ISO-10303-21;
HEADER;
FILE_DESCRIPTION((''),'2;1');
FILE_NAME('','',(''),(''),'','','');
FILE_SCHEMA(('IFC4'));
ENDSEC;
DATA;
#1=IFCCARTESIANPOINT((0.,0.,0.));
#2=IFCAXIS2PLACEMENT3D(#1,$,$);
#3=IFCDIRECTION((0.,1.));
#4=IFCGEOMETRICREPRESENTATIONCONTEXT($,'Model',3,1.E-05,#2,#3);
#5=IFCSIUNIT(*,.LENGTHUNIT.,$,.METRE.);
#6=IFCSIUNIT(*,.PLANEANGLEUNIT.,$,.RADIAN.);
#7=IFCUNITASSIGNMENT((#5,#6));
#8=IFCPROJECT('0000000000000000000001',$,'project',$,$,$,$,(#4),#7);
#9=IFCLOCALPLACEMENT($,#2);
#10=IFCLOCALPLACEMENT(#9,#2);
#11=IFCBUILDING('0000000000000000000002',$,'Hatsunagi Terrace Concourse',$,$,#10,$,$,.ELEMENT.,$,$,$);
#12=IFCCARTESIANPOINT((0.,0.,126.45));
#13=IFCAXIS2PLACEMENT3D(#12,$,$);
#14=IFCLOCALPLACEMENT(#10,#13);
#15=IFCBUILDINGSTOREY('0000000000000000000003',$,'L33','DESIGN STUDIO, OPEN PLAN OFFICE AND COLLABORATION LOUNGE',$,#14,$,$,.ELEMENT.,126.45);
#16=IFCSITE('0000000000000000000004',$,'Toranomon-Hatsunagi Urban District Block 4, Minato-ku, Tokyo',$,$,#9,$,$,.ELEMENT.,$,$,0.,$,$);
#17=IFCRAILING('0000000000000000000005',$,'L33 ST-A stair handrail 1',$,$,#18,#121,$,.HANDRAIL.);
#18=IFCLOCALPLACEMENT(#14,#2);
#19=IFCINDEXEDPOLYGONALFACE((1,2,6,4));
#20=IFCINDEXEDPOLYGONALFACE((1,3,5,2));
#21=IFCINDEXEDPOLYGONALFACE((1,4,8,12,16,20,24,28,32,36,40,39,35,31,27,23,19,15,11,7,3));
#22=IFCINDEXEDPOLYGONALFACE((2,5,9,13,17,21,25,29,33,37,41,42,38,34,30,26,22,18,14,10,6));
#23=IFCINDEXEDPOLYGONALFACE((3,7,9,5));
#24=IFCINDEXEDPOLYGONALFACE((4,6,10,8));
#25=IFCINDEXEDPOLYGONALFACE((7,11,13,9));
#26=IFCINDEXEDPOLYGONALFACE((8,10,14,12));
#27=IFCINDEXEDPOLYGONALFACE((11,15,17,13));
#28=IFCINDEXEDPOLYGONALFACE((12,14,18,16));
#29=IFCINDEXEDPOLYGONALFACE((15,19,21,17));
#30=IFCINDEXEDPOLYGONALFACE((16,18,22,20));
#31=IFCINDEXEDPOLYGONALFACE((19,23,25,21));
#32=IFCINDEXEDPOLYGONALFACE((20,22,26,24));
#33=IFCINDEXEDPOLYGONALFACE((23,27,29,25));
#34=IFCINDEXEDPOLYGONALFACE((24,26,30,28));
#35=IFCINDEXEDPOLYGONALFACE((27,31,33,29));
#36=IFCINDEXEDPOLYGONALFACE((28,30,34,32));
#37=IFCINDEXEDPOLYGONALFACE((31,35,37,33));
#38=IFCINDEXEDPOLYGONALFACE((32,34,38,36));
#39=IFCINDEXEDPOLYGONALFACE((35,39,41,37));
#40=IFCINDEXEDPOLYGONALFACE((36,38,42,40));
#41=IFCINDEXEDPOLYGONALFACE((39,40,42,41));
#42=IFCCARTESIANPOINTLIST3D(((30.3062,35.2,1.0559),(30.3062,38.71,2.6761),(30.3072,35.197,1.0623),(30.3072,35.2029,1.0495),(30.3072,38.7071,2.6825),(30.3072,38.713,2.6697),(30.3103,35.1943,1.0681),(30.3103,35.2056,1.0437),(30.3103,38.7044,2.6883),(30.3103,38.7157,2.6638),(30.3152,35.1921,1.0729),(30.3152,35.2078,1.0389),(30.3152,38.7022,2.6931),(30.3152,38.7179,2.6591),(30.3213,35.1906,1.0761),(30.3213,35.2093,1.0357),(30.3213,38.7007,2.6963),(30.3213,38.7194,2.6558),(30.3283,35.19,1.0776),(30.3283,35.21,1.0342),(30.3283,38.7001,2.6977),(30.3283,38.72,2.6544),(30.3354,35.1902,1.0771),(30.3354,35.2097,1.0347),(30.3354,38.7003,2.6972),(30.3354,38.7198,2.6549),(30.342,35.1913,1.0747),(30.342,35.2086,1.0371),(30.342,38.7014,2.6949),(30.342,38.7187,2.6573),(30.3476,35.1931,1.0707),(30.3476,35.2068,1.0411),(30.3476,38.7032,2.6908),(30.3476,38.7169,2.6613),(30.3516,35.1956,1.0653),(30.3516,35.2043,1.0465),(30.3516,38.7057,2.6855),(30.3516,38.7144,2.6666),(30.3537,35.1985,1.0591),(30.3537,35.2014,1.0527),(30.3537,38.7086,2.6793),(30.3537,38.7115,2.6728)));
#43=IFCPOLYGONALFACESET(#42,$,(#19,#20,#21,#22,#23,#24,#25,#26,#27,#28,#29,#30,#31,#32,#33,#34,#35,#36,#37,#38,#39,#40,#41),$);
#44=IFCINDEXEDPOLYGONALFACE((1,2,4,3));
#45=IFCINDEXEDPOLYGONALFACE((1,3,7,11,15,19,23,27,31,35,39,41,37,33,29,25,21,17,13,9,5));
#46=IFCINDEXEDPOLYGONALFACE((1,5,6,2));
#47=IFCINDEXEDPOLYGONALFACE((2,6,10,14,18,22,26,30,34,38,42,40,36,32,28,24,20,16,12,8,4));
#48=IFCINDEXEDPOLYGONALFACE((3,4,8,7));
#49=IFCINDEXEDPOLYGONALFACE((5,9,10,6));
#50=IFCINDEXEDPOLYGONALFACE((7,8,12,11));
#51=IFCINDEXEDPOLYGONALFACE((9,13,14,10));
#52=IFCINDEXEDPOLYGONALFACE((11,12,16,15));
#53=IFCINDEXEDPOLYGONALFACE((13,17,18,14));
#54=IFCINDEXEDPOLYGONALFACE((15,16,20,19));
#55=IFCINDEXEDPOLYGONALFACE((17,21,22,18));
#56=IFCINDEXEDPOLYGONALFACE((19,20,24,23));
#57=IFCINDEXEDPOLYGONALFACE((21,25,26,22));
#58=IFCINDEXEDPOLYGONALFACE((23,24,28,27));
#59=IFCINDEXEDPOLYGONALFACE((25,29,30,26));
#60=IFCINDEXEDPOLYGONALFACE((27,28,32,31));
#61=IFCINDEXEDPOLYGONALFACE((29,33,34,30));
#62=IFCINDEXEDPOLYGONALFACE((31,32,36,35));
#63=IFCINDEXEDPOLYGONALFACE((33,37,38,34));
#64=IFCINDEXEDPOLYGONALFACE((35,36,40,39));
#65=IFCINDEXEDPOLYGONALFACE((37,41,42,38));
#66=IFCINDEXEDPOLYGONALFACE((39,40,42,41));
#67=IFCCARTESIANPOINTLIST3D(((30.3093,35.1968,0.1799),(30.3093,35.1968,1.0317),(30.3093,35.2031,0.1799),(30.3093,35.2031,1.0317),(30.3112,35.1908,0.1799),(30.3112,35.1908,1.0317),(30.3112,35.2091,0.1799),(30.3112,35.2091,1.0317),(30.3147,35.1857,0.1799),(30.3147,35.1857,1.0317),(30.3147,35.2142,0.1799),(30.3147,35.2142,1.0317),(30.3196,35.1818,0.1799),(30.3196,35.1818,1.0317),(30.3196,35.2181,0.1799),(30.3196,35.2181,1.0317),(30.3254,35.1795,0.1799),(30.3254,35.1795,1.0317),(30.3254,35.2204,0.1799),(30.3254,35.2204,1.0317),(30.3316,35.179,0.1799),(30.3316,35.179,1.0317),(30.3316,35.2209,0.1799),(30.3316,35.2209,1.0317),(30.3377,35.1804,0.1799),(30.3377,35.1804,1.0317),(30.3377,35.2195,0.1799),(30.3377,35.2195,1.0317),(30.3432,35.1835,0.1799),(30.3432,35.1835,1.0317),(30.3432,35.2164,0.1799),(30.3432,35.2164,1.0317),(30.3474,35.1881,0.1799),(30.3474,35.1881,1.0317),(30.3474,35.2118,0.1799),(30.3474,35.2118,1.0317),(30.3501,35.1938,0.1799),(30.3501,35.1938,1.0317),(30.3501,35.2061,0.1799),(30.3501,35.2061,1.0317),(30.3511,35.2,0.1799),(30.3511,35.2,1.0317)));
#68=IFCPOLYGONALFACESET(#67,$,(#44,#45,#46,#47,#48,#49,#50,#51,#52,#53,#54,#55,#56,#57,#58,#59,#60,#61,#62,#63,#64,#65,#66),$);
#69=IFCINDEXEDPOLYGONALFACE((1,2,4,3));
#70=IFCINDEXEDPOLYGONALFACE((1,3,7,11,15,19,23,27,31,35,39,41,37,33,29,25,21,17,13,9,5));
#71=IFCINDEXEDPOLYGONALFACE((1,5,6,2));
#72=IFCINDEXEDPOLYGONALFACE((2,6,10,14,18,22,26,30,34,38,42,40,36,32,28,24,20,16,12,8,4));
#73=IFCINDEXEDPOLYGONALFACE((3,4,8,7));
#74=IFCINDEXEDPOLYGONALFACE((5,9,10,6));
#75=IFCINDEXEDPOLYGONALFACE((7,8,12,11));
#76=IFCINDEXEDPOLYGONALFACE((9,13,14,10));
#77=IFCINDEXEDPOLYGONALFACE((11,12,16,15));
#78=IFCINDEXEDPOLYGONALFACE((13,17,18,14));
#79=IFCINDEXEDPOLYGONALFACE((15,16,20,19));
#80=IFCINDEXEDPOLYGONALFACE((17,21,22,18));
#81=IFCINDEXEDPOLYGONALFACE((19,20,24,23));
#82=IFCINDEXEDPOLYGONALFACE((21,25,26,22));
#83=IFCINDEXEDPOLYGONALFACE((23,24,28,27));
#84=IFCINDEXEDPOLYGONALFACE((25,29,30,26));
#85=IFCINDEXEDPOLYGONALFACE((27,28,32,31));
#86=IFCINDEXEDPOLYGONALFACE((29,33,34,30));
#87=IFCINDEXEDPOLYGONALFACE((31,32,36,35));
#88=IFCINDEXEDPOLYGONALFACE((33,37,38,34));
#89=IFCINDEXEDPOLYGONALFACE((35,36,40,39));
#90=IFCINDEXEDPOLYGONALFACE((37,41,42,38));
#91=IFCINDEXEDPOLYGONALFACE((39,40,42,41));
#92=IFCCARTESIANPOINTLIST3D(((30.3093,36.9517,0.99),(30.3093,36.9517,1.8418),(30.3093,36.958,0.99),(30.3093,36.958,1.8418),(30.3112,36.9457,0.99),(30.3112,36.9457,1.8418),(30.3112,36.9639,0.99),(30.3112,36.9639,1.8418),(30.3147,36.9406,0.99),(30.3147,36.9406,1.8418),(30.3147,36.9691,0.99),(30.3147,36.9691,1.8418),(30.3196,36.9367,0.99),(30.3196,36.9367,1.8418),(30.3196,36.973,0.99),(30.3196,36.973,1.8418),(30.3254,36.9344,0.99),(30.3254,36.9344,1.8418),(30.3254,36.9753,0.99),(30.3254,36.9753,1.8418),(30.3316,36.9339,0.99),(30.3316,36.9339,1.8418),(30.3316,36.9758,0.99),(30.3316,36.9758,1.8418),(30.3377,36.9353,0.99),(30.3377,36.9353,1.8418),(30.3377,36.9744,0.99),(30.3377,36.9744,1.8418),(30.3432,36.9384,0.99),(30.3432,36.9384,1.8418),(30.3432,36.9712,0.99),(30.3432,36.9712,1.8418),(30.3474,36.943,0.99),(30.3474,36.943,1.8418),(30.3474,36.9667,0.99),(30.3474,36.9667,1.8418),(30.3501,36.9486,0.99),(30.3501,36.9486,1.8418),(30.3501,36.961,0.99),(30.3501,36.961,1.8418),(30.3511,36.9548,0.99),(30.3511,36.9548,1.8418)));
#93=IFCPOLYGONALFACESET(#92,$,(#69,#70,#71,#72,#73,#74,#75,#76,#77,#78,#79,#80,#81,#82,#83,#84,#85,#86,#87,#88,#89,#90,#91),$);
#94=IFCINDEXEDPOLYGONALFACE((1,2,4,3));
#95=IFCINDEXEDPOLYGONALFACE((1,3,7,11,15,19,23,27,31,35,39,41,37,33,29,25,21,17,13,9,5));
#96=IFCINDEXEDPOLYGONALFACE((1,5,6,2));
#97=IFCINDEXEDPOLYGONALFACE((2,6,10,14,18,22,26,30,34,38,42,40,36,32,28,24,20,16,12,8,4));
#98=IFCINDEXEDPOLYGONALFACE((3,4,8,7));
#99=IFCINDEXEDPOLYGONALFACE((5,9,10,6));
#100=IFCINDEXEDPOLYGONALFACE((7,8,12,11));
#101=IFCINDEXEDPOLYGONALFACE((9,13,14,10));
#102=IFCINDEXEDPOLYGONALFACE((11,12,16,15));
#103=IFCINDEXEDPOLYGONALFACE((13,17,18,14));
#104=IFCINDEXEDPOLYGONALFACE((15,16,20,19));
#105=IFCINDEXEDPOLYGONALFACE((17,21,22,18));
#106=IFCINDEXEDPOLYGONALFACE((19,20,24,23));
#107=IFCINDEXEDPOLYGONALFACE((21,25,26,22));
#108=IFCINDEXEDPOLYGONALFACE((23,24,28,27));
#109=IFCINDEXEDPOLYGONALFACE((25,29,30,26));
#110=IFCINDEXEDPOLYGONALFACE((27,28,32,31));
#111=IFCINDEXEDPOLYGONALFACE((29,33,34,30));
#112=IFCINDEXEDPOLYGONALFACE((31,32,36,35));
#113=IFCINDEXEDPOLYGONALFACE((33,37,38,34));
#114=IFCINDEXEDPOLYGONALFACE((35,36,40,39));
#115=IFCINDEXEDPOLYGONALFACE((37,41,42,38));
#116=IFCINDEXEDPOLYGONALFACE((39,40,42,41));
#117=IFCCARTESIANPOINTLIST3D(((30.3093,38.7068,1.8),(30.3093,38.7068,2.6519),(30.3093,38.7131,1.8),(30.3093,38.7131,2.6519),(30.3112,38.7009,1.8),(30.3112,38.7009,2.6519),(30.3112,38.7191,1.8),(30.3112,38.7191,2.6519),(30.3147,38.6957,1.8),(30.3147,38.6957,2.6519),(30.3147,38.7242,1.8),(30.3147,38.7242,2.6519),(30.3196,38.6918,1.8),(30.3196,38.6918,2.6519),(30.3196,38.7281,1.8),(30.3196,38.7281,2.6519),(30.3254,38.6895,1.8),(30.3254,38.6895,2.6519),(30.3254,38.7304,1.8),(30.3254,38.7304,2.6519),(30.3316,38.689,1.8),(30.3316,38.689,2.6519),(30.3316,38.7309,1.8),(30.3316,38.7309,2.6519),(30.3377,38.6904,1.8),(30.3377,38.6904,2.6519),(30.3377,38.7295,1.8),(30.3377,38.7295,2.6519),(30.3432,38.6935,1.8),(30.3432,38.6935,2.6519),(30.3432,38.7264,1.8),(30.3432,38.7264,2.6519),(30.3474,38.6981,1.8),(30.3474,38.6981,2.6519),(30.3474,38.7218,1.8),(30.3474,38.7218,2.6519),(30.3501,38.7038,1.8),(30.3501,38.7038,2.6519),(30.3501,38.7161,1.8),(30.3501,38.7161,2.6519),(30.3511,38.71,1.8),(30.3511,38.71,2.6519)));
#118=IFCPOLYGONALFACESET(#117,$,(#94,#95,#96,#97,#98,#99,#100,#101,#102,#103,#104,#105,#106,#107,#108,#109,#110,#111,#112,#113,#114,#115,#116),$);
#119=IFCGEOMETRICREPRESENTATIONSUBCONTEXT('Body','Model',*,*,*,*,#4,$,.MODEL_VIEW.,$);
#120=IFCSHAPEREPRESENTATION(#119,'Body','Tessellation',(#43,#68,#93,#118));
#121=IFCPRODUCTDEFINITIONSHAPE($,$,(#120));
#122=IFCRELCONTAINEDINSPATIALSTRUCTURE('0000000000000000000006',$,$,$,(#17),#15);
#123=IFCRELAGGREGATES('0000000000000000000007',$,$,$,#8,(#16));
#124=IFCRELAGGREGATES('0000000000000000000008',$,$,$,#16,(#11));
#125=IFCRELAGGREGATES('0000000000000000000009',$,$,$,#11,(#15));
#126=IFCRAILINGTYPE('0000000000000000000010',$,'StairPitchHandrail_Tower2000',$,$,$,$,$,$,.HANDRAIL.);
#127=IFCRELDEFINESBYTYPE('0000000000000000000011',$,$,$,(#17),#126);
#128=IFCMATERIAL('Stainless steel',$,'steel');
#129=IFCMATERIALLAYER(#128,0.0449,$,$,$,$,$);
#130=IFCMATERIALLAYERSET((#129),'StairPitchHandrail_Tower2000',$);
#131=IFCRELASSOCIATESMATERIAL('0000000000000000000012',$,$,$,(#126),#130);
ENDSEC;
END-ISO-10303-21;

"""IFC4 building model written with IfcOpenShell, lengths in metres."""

from ifc_helpers import new_model, si_unit, direction, frame, origin, origin_2d, place, context, subcontext, project, spatial, circle, extrude, material, layer, layer_set, type_object, element, save


model = new_model("IFC4")

# Units and contexts
model_context = context("Model", 3, precision=1e-05, world=origin(), true_north=direction((0.0, 1.0)))
body_context = subcontext(model_context, "Body", "Model", "MODEL_VIEW")
ifc_project = project(units=[si_unit("LENGTHUNIT", "METRE"), si_unit("PLANEANGLEUNIT", "RADIAN")], contexts=[model_context])

# Site, building, storey
site_placement = place(None, origin())
site = spatial("IfcSite", under=ifc_project, at=site_placement, Name="Toranomon-Hatsunagi Urban District Block 4, Minato-ku, Tokyo", CompositionType="ELEMENT", RefElevation=0.0)
building_placement = place(site_placement, origin())
building = spatial("IfcBuilding", under=site, at=building_placement, Name="Hatsunagi Terrace Concourse", CompositionType="ELEMENT")
storey_placement = place(building_placement, frame((0.0, 0.0, 126.45)))
storey = spatial("IfcBuildingStorey", under=building, at=storey_placement, Name="L33", Description="DESIGN STUDIO, OPEN PLAN OFFICE AND COLLABORATION LOUNGE", CompositionType="ELEMENT", Elevation=126.45)

# Railing
ifc_material_1 = material(Name="Stainless steel", Category="steel")
ifc_layer_1 = layer(ifc_material_1, 0.0449)
ifc_layer_set_1 = layer_set([ifc_layer_1], Name="StairPitchHandrail_Tower2000")
railing_type_1 = type_object("IfcRailingType", Name="StairPitchHandrail_Tower2000", PredefinedType="HANDRAIL", material=ifc_layer_set_1)
railing_1_placement = place(storey_placement, frame((30.3301, 35.2, 0.1799)))
element("IfcRailing", 1, at=railing_1_placement, inside=storey, type_object=railing_type_1, Name="L33 ST-A stair handrail 1", PredefinedType="HANDRAIL", context=body_context, shape_type="SweptSolid", body=[
    extrude(circle(Radius=0.0239, at=origin_2d()), frame((0.0, 0.0, 0.876), z_axis=(0.0, 0.907948, 0.419082), x_axis=(-1.0, 0.0, 0.0)), (0.0, 0.0, 1.0), 3.866),
    extrude(circle(Radius=0.021, at=origin_2d()), origin(), (0.0, 0.0, 1.0), 0.8518),
    extrude(circle(Radius=0.021, at=origin_2d()), frame((0.0, 1.7549, 0.8101)), (0.0, 0.0, 1.0), 0.8518),
    extrude(circle(Radius=0.021, at=origin_2d()), frame((0.0, 3.51, 1.6201)), (0.0, 0.0, 1.0), 0.8518),
])

save(model, "model.ifc")
